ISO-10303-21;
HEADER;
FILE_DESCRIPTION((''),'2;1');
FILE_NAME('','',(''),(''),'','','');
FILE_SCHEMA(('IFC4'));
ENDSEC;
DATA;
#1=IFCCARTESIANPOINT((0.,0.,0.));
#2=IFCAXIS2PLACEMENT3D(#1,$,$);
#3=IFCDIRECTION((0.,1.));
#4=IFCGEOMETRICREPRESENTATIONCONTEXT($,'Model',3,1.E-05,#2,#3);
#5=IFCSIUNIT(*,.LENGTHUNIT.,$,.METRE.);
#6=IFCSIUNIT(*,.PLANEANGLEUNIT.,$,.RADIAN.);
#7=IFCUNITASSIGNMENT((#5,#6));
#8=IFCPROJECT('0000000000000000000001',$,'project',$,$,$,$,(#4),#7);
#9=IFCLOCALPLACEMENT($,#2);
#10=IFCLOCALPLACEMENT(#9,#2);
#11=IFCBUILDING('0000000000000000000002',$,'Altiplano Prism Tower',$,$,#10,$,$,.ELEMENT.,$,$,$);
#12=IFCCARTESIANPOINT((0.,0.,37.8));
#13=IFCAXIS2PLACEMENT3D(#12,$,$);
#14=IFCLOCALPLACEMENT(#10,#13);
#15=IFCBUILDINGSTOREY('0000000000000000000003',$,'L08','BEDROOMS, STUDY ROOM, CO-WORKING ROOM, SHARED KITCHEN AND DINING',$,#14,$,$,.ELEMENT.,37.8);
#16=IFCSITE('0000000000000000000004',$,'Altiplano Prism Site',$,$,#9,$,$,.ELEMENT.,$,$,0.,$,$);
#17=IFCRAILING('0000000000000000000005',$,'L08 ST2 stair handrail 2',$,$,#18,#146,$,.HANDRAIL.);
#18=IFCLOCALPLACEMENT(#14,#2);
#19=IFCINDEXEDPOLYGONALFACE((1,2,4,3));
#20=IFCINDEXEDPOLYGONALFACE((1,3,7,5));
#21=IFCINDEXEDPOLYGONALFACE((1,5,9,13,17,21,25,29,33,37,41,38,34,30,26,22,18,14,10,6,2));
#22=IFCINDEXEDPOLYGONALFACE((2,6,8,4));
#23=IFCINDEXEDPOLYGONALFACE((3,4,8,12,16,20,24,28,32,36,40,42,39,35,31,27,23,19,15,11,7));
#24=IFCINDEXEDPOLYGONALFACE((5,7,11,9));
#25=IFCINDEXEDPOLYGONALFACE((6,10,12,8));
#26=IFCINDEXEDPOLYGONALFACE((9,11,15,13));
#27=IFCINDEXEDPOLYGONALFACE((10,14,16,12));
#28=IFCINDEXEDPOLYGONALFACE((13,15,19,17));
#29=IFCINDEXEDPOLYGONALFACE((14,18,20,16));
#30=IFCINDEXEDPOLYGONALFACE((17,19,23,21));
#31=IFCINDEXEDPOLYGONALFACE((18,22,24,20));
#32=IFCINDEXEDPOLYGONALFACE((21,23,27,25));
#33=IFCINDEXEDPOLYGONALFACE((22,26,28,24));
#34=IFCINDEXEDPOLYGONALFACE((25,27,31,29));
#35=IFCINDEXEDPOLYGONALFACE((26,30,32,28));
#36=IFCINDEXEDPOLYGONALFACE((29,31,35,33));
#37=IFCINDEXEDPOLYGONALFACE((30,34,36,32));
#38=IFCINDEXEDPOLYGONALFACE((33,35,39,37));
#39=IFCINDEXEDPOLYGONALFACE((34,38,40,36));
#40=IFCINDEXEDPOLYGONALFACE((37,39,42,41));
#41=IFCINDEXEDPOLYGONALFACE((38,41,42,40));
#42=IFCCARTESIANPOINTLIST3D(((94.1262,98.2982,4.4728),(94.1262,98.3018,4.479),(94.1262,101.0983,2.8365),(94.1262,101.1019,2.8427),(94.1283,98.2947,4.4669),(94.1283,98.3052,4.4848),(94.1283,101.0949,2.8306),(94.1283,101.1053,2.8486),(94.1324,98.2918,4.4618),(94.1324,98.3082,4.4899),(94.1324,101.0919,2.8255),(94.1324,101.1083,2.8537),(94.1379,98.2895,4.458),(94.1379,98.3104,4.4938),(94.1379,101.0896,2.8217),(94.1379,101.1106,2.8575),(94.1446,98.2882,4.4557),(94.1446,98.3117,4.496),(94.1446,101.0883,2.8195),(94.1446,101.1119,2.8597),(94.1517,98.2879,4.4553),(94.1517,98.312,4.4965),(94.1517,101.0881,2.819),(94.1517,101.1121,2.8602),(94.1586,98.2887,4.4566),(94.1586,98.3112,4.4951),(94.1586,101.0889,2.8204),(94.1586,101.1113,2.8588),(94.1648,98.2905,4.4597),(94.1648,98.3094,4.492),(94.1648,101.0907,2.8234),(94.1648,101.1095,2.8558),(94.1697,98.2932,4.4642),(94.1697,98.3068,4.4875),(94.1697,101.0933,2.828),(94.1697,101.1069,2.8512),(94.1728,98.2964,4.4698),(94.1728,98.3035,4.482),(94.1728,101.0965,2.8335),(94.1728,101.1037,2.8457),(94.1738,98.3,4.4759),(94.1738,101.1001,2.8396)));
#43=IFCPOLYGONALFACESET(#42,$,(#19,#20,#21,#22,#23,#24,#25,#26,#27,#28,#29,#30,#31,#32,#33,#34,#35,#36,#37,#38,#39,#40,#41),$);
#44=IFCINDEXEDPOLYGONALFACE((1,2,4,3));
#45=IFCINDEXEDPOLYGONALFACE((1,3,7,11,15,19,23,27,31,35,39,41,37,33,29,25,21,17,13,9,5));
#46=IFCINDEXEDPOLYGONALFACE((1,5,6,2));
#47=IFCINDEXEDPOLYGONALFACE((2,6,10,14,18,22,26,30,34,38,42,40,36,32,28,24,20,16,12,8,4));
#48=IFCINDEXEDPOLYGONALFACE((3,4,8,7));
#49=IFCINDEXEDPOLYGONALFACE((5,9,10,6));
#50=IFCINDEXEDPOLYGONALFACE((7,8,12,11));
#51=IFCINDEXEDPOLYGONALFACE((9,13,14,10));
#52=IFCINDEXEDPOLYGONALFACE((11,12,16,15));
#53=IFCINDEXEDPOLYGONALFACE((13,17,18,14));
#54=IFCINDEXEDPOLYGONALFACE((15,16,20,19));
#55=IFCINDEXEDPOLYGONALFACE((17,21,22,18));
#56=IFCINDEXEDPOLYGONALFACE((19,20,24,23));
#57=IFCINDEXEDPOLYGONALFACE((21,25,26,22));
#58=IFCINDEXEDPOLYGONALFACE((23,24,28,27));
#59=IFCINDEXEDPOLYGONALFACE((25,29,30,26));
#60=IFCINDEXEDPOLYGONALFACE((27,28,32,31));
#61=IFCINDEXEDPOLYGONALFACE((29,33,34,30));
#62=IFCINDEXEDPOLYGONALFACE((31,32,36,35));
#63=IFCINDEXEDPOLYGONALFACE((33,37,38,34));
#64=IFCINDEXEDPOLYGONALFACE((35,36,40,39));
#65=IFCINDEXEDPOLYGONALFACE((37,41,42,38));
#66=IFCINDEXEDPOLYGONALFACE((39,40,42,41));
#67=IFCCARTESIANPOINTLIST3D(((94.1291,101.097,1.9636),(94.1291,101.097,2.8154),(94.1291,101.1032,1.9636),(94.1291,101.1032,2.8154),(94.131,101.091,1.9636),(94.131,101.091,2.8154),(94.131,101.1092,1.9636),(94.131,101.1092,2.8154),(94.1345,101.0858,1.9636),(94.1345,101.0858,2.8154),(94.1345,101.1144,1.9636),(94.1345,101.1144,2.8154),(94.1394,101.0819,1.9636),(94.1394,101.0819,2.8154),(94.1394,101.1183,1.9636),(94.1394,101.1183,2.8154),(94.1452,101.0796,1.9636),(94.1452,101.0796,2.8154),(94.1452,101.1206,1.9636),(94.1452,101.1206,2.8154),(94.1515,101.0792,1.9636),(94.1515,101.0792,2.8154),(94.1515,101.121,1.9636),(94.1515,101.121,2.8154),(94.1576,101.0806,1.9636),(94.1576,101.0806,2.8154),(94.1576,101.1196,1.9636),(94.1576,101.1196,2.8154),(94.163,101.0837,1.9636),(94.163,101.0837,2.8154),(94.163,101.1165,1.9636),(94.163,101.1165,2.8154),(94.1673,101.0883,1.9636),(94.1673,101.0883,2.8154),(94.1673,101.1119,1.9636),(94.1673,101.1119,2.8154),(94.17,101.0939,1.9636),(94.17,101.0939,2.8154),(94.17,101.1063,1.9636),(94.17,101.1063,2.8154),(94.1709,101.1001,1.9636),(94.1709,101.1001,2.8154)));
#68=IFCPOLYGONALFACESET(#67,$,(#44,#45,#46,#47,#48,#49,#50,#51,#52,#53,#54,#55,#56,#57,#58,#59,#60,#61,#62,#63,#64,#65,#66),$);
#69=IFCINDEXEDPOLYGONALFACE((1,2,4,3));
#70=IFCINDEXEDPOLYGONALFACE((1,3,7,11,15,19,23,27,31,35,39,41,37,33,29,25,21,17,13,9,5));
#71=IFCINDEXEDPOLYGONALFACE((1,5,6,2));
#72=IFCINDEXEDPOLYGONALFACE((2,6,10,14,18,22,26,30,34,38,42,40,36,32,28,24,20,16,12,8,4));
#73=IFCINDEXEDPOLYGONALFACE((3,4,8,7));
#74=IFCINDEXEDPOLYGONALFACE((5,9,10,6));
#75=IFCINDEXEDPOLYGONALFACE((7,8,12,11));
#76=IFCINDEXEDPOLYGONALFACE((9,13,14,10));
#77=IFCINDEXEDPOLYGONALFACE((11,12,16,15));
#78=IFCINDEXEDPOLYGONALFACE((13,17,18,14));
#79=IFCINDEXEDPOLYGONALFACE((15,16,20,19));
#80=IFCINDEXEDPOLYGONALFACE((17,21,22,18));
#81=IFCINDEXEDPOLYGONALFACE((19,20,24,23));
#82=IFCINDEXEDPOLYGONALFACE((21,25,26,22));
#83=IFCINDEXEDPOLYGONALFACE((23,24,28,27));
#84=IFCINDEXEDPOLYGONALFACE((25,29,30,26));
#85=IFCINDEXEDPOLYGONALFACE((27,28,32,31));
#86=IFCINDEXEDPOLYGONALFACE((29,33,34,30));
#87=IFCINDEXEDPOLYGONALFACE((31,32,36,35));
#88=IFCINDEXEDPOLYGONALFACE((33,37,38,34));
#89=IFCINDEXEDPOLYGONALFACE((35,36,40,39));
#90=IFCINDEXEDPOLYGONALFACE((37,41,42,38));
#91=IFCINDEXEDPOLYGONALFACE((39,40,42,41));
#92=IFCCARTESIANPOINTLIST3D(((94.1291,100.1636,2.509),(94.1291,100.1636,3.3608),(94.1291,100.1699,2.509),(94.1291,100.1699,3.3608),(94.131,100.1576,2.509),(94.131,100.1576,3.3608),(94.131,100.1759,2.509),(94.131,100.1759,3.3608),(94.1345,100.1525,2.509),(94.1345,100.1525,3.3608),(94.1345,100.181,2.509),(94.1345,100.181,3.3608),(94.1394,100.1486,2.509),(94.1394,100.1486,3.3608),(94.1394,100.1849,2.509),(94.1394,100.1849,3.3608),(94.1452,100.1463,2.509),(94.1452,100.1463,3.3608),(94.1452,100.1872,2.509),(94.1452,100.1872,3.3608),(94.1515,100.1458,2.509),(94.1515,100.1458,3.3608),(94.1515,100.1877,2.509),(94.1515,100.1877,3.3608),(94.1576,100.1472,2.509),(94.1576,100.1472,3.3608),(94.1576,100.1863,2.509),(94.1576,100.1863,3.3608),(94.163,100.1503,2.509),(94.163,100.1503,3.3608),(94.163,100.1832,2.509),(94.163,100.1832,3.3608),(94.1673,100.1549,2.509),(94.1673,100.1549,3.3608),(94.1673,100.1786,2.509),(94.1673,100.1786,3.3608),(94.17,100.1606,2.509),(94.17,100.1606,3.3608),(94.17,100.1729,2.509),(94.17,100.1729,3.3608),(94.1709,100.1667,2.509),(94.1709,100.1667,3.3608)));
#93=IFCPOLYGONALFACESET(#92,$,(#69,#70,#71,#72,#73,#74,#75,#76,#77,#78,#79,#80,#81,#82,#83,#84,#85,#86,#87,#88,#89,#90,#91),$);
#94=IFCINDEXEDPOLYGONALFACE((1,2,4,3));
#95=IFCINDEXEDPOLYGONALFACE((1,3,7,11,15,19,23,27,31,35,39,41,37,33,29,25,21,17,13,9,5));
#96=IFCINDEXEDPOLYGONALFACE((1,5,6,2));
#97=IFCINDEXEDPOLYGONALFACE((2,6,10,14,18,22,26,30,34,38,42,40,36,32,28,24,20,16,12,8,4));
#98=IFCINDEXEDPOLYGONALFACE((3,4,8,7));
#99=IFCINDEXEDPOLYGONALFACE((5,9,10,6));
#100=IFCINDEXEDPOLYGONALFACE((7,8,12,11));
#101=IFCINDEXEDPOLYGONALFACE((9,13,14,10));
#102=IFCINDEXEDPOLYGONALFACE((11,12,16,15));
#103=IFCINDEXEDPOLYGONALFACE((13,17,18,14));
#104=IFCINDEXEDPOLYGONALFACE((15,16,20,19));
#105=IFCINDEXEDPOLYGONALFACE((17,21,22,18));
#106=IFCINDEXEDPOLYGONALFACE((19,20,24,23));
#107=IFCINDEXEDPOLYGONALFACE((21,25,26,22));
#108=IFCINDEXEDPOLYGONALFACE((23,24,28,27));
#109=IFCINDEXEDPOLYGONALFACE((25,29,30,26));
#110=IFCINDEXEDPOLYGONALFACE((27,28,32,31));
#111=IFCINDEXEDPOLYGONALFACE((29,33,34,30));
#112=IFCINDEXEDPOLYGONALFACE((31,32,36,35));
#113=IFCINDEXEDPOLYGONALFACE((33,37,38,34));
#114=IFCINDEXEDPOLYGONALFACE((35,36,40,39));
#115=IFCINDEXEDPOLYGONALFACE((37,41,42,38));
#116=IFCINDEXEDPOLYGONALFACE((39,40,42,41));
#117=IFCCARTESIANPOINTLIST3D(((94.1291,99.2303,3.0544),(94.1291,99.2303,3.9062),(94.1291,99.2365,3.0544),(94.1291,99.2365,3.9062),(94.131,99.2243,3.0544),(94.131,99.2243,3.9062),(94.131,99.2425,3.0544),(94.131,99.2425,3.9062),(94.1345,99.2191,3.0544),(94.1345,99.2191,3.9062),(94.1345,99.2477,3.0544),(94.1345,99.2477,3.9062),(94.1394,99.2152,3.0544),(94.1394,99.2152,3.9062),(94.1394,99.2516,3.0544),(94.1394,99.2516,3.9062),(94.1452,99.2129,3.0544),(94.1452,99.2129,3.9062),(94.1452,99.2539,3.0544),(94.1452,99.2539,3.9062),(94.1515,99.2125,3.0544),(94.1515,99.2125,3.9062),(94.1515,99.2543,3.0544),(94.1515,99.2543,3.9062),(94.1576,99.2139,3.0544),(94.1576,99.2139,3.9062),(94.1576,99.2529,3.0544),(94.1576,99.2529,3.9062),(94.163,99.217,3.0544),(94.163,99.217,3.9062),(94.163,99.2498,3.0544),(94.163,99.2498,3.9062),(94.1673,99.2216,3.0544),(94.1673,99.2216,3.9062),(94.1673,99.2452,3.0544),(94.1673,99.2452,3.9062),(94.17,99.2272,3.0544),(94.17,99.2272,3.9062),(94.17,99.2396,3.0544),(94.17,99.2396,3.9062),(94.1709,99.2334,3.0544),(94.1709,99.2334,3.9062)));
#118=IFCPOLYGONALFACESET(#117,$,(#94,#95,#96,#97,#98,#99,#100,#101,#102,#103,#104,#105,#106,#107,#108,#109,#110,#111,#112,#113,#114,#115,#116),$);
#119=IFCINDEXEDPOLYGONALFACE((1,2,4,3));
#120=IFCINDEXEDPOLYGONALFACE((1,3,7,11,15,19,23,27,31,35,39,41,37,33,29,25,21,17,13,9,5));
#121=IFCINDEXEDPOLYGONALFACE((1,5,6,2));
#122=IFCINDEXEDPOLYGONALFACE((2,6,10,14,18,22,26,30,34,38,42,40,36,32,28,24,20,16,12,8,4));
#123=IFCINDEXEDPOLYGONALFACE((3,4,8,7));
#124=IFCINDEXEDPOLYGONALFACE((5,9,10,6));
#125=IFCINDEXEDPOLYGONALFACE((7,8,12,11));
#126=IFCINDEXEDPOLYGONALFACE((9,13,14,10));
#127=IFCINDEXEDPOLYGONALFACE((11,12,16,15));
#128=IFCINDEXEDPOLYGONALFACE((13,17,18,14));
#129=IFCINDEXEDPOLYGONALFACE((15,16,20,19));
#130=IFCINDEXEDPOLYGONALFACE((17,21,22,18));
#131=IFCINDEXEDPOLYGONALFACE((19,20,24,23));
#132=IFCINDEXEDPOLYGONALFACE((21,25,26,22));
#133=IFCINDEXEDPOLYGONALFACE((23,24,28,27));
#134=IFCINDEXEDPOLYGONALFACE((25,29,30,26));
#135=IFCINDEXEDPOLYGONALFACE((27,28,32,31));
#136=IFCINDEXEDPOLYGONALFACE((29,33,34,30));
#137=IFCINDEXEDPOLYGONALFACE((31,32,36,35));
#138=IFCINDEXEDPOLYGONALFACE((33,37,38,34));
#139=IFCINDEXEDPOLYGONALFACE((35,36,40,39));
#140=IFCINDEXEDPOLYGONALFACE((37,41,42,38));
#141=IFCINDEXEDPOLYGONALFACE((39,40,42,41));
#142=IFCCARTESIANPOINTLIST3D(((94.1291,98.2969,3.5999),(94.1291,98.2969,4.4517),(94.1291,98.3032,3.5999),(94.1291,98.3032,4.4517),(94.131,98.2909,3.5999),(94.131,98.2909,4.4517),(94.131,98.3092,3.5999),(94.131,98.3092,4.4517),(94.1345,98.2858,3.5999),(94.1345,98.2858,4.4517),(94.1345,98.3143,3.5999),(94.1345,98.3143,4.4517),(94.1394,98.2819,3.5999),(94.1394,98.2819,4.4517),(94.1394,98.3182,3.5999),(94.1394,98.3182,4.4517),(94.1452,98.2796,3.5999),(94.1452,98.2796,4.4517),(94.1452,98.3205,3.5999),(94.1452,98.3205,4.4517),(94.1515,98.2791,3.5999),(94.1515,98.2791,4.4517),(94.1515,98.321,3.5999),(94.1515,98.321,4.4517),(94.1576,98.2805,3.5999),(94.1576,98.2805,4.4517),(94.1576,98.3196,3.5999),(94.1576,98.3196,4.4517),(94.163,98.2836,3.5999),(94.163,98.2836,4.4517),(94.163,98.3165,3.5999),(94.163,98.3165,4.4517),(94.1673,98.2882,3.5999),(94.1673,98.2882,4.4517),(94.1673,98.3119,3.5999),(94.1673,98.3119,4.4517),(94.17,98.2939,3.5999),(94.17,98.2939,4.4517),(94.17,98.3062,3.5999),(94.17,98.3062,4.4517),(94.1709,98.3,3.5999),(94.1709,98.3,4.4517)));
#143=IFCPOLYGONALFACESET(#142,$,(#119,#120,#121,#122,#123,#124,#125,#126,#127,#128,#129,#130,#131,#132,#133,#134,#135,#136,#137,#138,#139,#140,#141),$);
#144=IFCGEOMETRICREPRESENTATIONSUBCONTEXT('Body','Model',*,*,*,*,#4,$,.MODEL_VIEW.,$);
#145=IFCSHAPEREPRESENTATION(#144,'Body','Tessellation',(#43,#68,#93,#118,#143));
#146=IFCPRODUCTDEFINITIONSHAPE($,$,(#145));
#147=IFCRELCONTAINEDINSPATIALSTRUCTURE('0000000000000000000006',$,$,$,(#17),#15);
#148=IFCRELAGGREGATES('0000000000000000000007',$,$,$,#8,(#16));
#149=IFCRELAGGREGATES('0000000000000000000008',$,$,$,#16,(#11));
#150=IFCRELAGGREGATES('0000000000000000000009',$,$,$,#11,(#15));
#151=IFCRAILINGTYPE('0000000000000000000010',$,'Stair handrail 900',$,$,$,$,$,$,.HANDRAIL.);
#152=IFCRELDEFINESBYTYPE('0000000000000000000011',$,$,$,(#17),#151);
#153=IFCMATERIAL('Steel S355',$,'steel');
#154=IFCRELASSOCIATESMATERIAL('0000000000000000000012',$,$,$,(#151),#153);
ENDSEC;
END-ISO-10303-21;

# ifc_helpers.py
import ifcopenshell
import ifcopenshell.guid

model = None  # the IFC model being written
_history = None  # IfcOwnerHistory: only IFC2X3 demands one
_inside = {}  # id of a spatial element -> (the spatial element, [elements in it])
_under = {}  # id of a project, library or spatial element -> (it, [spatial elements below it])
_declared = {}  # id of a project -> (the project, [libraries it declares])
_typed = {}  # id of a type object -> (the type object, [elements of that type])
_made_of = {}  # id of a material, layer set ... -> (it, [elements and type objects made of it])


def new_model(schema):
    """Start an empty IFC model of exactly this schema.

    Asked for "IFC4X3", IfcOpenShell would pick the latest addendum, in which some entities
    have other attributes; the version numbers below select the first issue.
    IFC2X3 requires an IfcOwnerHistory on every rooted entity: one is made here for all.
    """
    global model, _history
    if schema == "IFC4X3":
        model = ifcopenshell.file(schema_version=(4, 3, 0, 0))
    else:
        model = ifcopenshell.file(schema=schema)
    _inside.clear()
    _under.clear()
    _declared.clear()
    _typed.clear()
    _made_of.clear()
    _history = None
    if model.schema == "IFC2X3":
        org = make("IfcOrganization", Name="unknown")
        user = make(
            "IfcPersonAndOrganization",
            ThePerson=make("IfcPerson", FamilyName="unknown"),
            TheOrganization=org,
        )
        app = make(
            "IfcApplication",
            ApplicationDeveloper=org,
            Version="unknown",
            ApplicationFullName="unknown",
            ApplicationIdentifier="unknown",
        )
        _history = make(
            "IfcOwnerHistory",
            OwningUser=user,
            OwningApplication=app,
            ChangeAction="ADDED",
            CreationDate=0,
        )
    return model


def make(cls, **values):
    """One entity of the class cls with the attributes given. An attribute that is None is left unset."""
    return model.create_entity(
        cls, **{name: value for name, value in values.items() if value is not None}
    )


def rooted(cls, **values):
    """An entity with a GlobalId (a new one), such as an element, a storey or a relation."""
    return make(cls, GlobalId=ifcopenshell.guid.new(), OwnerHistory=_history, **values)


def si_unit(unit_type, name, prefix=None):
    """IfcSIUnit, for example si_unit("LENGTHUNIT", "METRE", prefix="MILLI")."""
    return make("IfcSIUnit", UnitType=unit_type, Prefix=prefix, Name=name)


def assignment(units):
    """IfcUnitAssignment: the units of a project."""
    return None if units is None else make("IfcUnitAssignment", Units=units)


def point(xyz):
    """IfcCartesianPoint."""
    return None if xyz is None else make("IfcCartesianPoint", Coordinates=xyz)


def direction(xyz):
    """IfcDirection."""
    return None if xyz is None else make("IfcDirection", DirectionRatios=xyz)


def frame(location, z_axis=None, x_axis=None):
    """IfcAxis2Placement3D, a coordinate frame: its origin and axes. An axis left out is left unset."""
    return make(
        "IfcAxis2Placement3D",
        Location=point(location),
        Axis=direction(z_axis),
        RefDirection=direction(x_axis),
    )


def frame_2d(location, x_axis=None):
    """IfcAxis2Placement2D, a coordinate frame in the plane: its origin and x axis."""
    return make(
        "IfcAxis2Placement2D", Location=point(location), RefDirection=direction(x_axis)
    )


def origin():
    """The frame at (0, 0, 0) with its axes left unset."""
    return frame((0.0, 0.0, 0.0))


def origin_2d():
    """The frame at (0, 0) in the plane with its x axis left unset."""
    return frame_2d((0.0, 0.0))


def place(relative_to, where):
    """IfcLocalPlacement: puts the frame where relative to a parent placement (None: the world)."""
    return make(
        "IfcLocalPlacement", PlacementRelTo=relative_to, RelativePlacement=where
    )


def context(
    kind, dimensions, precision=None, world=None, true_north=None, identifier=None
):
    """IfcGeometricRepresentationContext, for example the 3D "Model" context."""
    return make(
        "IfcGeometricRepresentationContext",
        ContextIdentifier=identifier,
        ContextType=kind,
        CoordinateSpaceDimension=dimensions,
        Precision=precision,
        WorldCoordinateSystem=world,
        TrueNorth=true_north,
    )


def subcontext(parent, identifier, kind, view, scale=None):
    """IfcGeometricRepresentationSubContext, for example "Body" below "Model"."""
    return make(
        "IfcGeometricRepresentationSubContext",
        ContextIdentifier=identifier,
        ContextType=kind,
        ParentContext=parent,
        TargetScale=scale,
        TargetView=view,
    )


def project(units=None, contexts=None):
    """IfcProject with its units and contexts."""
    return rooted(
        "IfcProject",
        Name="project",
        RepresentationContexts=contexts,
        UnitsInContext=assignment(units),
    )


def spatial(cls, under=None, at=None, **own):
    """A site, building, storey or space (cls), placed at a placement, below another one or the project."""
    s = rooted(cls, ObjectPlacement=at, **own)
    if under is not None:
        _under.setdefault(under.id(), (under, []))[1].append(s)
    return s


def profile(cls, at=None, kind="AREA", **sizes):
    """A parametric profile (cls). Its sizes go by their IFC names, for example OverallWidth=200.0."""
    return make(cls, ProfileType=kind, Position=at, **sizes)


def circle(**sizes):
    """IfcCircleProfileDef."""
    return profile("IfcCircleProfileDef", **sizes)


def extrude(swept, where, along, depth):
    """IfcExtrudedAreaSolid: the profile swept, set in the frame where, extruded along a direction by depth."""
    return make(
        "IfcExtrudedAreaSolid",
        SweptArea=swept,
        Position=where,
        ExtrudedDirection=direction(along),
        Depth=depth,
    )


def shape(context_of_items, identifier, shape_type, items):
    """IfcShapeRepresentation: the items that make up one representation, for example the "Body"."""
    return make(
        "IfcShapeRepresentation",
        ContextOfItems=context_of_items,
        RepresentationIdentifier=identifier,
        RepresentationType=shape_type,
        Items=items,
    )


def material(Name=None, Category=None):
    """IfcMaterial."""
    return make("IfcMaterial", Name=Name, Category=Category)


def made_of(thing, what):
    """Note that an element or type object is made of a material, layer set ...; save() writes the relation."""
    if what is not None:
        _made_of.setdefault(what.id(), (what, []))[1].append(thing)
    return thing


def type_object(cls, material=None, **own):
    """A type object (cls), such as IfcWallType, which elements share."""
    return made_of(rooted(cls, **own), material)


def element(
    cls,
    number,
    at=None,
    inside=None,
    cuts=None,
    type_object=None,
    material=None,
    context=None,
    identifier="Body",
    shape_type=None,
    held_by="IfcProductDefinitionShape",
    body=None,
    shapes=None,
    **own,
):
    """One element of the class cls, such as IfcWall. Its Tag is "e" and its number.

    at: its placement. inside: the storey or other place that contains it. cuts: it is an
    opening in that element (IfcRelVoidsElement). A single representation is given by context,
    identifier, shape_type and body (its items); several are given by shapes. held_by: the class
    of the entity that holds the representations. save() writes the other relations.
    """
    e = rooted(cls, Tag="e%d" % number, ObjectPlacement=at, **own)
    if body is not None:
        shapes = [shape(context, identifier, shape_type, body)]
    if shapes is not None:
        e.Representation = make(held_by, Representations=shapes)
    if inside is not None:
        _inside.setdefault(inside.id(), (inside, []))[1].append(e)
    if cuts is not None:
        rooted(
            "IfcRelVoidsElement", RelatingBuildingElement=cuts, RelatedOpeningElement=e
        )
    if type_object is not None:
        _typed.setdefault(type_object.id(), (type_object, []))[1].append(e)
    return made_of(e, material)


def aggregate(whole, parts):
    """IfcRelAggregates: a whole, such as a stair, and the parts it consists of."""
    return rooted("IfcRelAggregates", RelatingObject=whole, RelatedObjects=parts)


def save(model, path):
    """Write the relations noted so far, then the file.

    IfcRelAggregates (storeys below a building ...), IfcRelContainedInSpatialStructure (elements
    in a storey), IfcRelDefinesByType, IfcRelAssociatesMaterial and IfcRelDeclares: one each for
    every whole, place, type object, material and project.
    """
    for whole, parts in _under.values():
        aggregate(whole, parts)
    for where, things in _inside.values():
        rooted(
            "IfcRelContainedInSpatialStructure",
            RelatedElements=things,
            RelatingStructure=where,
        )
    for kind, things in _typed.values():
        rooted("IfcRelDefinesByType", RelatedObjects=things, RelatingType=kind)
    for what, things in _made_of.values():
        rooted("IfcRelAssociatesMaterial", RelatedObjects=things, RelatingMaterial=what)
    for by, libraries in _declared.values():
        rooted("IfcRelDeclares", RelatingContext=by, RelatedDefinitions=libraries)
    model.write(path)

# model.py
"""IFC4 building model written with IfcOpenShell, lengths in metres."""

from ifc_helpers import new_model, si_unit, direction, frame, origin, origin_2d, place, context, subcontext, project, spatial, circle, extrude, material, type_object, element, save


model = new_model("IFC4")

# Units and contexts
model_context = context("Model", 3, precision=1e-05, world=origin(), true_north=direction((0.0, 1.0)))
body_context = subcontext(model_context, "Body", "Model", "MODEL_VIEW")
ifc_project = project(units=[si_unit("LENGTHUNIT", "METRE"), si_unit("PLANEANGLEUNIT", "RADIAN")], contexts=[model_context])

# Site, building, storey
site_placement = place(None, origin())
site = spatial("IfcSite", under=ifc_project, at=site_placement, Name="Altiplano Prism Site", CompositionType="ELEMENT", RefElevation=0.0)
building_placement = place(site_placement, origin())
building = spatial("IfcBuilding", under=site, at=building_placement, Name="Altiplano Prism Tower", CompositionType="ELEMENT")
storey_placement = place(building_placement, frame((0.0, 0.0, 37.8)))
storey = spatial("IfcBuildingStorey", under=building, at=storey_placement, Name="L08", Description="BEDROOMS, STUDY ROOM, CO-WORKING ROOM, SHARED KITCHEN AND DINING", CompositionType="ELEMENT", Elevation=37.8)

# Railing
ifc_material_1 = material(Name="Steel S355", Category="steel")
railing_type_1 = type_object("IfcRailingType", Name="Stair handrail 900", PredefinedType="HANDRAIL", material=ifc_material_1)
railing_1_placement = place(storey_placement, frame((94.1499, 101.1001, 1.9636)))
element("IfcRailing", 1, at=railing_1_placement, inside=storey, type_object=railing_type_1, Name="L08 ST2 stair handrail 2", PredefinedType="HANDRAIL", context=body_context, shape_type="SweptSolid", body=[
    extrude(circle(Radius=0.0239, at=origin_2d()), frame((0.0, 0.0, 0.876), z_axis=(0.0, -0.863394, 0.504531), x_axis=(1.0, 0.0, 0.0)), (0.0, 0.0, 1.0), 3.2432),
    extrude(circle(Radius=0.021, at=origin_2d()), origin(), (0.0, 0.0, 1.0), 0.8518),
    extrude(circle(Radius=0.021, at=origin_2d()), frame((0.0, -0.9333, 0.5454)), (0.0, 0.0, 1.0), 0.8518),
    extrude(circle(Radius=0.021, at=origin_2d()), frame((0.0, -1.8667, 1.0908)), (0.0, 0.0, 1.0), 0.8518),
    extrude(circle(Radius=0.021, at=origin_2d()), frame((0.0, -2.8, 1.6362)), (0.0, 0.0, 1.0), 0.8518),
])

save(model, "model.ifc")
